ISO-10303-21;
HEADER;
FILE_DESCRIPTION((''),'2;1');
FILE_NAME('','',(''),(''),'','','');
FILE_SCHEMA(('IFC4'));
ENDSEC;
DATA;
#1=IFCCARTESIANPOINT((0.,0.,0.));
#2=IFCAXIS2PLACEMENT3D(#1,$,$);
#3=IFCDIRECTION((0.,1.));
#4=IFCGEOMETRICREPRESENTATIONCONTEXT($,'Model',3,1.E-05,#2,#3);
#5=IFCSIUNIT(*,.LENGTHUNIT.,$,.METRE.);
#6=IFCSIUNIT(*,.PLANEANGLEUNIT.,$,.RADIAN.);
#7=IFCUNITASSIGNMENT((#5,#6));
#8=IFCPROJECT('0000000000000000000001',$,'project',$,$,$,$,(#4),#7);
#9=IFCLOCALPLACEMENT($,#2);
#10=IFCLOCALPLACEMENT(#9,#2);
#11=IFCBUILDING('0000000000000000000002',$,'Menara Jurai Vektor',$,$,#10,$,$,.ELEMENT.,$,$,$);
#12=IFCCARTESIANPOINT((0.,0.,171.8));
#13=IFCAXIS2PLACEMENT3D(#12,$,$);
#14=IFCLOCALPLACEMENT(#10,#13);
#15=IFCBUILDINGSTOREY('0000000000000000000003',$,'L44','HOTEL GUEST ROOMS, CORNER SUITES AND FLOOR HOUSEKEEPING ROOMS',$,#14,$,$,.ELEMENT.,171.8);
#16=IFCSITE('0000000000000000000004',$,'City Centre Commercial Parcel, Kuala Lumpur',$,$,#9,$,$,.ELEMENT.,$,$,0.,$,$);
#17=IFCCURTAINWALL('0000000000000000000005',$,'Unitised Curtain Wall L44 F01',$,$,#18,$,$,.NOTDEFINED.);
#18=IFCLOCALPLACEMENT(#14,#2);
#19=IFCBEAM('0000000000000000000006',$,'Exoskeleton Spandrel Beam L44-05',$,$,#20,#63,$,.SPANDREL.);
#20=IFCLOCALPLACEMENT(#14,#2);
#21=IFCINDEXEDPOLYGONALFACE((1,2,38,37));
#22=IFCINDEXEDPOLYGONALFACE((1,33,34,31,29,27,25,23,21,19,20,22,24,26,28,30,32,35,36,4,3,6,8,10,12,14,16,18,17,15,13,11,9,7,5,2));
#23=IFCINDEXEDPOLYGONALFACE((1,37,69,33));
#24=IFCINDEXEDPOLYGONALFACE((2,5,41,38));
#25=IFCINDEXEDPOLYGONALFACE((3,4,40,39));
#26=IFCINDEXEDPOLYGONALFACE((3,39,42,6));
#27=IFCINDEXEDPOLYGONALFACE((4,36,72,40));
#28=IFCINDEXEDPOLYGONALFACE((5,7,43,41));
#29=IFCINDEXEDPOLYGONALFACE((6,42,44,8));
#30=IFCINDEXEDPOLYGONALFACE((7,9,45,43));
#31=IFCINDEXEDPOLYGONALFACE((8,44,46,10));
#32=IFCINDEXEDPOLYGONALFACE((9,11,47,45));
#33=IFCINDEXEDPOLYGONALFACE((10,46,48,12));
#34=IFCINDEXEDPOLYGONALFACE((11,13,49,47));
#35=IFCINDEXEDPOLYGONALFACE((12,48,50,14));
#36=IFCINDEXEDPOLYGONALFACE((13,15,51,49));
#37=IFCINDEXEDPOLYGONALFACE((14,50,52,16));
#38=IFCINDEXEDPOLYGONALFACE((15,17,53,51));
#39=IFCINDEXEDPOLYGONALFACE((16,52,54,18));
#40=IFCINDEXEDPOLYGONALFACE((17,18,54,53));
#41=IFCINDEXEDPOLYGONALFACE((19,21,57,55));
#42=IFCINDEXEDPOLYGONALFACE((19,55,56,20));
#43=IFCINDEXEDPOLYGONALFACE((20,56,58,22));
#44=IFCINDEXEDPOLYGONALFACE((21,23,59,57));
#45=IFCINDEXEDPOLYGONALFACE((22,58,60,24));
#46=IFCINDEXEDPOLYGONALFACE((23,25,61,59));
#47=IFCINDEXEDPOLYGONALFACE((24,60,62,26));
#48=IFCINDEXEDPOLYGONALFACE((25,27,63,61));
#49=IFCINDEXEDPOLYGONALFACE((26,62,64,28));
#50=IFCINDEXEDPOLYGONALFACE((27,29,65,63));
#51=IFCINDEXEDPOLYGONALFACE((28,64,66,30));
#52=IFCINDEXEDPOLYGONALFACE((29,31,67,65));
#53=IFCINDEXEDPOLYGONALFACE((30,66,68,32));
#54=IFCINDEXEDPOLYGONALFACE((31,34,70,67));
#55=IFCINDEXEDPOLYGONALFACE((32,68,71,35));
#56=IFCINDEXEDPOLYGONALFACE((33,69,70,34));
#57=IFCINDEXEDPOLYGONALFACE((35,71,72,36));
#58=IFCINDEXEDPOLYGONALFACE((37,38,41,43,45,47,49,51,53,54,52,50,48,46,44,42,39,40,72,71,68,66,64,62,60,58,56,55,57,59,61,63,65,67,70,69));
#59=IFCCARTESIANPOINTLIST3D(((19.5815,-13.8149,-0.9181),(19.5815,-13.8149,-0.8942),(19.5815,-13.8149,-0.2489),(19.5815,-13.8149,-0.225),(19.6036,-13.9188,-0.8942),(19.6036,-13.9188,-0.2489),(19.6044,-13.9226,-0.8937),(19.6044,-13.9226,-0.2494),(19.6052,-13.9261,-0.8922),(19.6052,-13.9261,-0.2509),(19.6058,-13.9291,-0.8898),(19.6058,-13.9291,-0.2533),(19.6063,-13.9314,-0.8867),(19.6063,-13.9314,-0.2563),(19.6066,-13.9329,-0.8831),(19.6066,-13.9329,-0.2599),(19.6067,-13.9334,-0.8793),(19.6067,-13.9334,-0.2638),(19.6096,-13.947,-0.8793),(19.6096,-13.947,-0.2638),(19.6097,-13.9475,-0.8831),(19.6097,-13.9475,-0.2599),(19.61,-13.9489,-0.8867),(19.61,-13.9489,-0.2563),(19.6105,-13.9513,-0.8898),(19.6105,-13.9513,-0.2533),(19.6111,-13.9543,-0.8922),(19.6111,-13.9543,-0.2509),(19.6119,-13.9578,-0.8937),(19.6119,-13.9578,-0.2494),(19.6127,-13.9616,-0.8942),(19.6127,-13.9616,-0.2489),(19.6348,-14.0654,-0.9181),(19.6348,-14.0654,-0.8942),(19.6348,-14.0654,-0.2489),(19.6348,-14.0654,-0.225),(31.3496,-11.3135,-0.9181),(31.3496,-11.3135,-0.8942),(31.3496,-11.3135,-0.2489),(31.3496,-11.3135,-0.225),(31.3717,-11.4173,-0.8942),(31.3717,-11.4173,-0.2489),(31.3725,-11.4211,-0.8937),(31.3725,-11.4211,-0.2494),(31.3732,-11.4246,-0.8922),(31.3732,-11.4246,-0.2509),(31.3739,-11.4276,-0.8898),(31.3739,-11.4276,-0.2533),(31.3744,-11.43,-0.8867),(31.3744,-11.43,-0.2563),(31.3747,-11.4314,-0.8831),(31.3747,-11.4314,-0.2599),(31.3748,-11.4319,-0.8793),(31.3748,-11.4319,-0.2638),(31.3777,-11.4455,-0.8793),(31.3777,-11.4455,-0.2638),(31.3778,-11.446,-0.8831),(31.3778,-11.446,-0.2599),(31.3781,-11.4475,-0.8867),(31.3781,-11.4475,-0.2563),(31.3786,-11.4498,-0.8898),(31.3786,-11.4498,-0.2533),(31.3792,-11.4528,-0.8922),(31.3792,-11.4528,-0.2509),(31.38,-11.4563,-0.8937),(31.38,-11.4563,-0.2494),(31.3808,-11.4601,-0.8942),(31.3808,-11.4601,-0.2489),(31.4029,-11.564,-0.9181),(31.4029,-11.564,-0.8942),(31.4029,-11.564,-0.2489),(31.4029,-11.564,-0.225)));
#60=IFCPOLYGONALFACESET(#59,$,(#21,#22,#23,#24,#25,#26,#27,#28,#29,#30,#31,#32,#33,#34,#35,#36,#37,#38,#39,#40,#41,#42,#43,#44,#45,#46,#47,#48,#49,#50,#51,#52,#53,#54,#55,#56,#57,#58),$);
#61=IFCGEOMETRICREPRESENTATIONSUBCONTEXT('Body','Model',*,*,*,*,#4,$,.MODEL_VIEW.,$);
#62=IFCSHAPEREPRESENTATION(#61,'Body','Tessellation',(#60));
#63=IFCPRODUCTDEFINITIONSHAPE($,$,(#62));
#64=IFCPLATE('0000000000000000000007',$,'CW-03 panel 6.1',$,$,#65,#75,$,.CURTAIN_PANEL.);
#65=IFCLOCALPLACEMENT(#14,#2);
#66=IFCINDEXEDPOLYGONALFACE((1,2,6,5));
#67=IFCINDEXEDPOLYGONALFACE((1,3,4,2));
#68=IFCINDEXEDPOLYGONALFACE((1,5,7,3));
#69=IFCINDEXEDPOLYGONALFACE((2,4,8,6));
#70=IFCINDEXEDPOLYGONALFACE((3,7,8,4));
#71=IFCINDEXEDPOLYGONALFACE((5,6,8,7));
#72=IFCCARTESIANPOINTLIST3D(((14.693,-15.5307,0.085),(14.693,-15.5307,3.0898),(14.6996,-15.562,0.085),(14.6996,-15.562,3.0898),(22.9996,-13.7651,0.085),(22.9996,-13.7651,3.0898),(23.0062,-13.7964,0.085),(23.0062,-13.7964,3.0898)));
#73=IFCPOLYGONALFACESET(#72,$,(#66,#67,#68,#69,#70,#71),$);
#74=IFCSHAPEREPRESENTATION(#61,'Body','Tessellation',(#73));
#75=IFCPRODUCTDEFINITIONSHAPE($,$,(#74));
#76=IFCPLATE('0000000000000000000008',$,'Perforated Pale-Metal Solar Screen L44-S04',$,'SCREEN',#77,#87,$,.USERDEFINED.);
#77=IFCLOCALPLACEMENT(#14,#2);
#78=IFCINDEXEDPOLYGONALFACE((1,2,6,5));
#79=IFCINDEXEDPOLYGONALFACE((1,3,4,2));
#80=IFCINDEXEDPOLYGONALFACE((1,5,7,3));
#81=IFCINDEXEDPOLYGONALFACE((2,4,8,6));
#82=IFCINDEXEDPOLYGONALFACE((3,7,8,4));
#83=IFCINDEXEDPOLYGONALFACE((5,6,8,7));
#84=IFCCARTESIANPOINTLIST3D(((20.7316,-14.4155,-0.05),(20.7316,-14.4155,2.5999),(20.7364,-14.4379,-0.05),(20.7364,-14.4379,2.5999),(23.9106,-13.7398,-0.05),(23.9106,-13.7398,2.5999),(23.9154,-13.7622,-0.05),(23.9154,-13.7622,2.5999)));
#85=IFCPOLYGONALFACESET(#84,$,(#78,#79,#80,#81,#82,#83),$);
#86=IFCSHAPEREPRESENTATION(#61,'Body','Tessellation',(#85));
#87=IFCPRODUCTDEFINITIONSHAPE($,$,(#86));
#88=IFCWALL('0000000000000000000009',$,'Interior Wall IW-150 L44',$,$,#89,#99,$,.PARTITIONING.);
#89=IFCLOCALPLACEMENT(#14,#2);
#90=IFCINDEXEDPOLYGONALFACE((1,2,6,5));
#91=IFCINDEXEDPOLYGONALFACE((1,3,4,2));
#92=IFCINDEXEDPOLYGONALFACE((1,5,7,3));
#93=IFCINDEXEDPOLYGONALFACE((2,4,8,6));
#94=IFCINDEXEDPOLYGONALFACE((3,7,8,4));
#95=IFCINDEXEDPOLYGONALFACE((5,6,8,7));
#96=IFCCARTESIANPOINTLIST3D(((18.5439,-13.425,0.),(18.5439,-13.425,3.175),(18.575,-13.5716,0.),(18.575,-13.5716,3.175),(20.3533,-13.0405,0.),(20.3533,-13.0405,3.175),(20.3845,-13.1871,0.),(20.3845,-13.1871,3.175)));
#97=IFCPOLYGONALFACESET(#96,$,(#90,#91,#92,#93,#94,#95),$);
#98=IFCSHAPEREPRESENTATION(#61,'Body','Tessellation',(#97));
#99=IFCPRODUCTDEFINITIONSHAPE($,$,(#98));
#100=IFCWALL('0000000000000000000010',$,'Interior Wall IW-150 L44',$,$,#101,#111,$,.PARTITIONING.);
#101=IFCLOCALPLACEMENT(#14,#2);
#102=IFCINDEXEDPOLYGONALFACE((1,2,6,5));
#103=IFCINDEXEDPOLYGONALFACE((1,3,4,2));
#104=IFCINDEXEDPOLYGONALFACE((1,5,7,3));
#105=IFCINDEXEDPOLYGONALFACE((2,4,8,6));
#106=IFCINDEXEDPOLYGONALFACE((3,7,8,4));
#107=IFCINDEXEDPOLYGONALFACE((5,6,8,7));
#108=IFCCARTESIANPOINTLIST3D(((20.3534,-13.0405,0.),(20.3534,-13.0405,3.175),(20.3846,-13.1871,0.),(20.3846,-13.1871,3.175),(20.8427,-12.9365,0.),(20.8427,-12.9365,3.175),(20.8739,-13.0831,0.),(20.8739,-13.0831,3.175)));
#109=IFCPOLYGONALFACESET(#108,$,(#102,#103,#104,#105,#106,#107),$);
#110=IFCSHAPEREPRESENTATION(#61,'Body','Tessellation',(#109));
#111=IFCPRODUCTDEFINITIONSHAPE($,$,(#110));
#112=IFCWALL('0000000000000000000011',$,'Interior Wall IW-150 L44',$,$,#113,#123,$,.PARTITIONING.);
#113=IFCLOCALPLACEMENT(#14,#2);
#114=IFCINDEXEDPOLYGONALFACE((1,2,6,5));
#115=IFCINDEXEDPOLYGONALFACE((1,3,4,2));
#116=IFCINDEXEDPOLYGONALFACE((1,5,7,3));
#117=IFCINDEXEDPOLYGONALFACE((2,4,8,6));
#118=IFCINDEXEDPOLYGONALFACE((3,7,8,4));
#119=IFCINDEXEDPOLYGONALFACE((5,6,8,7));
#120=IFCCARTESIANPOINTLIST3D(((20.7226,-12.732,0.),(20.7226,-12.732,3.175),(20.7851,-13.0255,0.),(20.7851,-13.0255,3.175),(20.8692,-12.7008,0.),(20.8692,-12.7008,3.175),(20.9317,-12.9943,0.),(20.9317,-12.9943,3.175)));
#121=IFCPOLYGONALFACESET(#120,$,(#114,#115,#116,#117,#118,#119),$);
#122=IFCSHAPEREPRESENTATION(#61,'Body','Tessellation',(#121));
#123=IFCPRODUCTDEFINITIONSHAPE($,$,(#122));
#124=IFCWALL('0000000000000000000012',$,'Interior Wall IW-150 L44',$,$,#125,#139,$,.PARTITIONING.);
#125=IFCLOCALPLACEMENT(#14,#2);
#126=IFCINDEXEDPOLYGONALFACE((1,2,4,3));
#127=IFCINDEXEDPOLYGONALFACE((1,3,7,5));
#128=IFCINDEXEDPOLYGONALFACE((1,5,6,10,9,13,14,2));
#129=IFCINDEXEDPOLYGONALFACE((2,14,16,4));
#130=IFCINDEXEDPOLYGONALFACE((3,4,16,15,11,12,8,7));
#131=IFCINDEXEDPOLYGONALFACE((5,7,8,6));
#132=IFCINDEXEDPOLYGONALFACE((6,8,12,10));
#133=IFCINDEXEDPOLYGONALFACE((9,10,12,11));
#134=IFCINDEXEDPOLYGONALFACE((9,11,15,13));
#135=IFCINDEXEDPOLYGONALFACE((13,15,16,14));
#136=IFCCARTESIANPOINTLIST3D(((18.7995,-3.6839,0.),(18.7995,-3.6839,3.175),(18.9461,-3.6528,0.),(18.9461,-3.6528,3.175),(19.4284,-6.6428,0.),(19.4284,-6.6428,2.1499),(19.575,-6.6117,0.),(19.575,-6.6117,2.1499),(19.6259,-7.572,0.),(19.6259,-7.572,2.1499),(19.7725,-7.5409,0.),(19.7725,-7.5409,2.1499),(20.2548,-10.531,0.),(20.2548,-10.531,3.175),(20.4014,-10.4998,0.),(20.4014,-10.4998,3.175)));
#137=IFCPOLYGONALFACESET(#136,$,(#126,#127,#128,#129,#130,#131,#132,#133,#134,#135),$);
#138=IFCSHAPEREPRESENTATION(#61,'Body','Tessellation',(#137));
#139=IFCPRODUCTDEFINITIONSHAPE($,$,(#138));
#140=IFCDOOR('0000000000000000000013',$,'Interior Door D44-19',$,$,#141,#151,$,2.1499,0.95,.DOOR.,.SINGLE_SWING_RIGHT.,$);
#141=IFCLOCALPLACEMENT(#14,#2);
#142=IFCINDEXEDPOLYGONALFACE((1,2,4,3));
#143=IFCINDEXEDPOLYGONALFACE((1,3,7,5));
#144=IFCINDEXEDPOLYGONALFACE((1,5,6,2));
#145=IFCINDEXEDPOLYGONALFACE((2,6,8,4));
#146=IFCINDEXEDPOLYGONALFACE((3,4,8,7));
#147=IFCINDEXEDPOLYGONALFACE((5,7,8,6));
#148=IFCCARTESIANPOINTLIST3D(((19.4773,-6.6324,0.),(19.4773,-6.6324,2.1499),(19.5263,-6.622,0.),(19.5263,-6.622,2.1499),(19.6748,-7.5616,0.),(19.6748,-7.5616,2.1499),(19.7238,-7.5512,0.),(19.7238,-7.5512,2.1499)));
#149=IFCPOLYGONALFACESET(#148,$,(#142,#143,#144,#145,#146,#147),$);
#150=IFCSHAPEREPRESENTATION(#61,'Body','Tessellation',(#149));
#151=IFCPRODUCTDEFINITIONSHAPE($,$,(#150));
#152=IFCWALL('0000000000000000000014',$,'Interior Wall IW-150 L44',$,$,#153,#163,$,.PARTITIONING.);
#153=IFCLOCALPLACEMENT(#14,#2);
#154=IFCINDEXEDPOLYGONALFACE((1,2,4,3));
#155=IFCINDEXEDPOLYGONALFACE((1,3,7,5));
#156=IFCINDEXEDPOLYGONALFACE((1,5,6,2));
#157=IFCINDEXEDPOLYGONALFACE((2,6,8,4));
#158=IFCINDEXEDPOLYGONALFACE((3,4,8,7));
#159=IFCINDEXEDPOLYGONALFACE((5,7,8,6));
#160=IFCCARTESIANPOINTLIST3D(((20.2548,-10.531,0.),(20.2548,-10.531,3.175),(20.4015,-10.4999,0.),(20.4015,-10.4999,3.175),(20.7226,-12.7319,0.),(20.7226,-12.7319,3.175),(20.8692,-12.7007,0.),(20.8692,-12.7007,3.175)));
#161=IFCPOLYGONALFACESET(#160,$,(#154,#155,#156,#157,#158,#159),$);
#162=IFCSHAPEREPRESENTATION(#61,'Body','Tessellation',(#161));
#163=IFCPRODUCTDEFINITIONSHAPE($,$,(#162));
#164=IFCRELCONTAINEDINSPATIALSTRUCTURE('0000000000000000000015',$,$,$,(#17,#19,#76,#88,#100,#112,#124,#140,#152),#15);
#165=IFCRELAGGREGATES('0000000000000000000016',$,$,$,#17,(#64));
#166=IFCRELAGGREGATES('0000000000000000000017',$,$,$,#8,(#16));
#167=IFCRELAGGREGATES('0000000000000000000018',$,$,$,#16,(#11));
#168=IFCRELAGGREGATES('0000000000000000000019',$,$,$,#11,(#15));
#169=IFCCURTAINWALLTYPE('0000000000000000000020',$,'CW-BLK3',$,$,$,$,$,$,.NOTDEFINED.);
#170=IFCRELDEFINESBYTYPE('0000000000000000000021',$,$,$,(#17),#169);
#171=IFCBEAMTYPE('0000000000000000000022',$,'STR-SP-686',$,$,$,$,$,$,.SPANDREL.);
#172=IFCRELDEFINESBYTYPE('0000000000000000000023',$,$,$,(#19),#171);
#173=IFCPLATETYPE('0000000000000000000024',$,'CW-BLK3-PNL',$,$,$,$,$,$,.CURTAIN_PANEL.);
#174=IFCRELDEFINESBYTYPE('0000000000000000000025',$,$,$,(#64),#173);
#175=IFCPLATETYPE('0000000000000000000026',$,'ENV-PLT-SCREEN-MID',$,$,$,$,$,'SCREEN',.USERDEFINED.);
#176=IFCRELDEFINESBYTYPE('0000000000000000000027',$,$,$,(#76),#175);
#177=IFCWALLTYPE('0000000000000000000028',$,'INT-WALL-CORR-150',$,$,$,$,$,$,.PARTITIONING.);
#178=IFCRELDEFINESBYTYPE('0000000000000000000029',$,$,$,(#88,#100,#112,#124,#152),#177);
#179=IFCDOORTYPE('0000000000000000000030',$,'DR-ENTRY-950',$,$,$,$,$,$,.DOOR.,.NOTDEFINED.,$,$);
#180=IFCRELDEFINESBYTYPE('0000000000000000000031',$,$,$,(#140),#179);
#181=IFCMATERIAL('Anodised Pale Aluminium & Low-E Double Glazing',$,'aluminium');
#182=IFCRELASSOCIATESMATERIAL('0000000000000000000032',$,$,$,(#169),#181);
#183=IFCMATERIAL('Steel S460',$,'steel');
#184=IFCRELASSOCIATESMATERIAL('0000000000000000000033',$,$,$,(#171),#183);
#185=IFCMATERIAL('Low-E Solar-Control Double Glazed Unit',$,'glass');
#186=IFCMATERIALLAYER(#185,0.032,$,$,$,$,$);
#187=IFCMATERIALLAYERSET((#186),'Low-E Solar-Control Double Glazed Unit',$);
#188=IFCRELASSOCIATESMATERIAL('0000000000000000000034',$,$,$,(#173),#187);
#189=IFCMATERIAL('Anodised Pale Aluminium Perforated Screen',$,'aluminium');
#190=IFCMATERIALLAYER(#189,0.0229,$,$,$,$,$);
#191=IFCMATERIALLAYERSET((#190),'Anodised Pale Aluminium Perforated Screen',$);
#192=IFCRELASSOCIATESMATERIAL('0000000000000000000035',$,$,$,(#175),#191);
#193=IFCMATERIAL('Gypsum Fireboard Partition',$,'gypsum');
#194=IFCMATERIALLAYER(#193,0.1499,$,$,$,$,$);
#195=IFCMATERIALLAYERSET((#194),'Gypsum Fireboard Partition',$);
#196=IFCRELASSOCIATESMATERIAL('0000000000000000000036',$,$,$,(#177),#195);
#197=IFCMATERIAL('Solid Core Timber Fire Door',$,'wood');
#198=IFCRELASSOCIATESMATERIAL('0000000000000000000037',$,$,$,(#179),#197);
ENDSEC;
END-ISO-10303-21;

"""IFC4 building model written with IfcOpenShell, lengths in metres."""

from ifc_helpers import new_model, si_unit, direction, frame, frame_2d, origin, origin_2d, place, context, subcontext, project, spatial, rectangle, i_section, extrude, material, layer, layer_set, material_profile, profile_set, type_object, element, fill, aggregate, save


model = new_model("IFC4")

# Units and contexts
model_context = context("Model", 3, precision=1e-05, world=origin(), true_north=direction((0.0, 1.0)))
body_context = subcontext(model_context, "Body", "Model", "MODEL_VIEW")
ifc_project = project(units=[si_unit("LENGTHUNIT", "METRE"), si_unit("PLANEANGLEUNIT", "RADIAN")], contexts=[model_context])

# Site, building, storey
site_placement = place(None, origin())
site = spatial("IfcSite", under=ifc_project, at=site_placement, Name="City Centre Commercial Parcel, Kuala Lumpur", CompositionType="ELEMENT", RefElevation=0.0)
building_placement = place(site_placement, origin())
building = spatial("IfcBuilding", under=site, at=building_placement, Name="Menara Jurai Vektor", CompositionType="ELEMENT")
storey_placement = place(building_placement, frame((0.0, 0.0, 171.8)))
storey = spatial("IfcBuildingStorey", under=building, at=storey_placement, Name="L44", Description="HOTEL GUEST ROOMS, CORNER SUITES AND FLOOR HOUSEKEEPING ROOMS", CompositionType="ELEMENT", Elevation=171.8)

# Shared definitions
ifc_material_1 = material(Name="Steel S460", Category="steel")

# Curtain wall
ifc_material_2 = material(Name="Anodised Pale Aluminium & Low-E Double Glazing", Category="aluminium")
curtain_wall_type = type_object("IfcCurtainWallType", Name="CW-BLK3", PredefinedType="NOTDEFINED", material=ifc_material_2)
curtain_wall_placement = place(storey_placement, origin())
curtain_wall = element("IfcCurtainWall", 1, at=curtain_wall_placement, inside=storey, type_object=curtain_wall_type, Name="Unitised Curtain Wall L44 F01", PredefinedType="NOTDEFINED")

# Beam
ifc_material_profile_1 = material_profile(ifc_material_1, i_section(OverallWidth=0.2561, OverallDepth=0.6931, WebThickness=0.0139, FlangeThickness=0.0239, FilletRadius=0.0149, at=origin_2d()), Name="UKB 686x254x170")
ifc_profile_set_1 = profile_set([ifc_material_profile_1], Name="Steel S460")
beam_type_1 = type_object("IfcBeamType", Name="STR-SP-686", PredefinedType="SPANDREL", material=ifc_profile_set_1)
beam_1_placement = place(storey_placement, frame((19.6082, -13.9402, -0.5715), z_axis=(0.978146, 0.207918, 0.0), x_axis=(-0.207918, 0.978146, 0.0)))
element("IfcBeam", 2, at=beam_1_placement, inside=storey, type_object=beam_type_1, Name="Exoskeleton Spandrel Beam L44-05", PredefinedType="SPANDREL", context=body_context, shape_type="SweptSolid", body=[
    extrude(i_section(OverallWidth=0.2561, OverallDepth=0.6931, WebThickness=0.0139, FlangeThickness=0.0239, FilletRadius=0.0149, at=origin_2d()), origin(), (0.0, 0.0, 1.0), 12.031),
])

# Plates
ifc_material_3 = material(Name="Low-E Solar-Control Double Glazed Unit", Category="glass")
ifc_layer_1 = layer(ifc_material_3, 0.032)
ifc_layer_set_1 = layer_set([ifc_layer_1], Name="Low-E Solar-Control Double Glazed Unit")
plate_type_1 = type_object("IfcPlateType", Name="CW-BLK3-PNL", PredefinedType="CURTAIN_PANEL", material=ifc_layer_set_1)
plate_1_placement = place(storey_placement, frame((18.8496, -14.6636, 0.085), z_axis=(0.0, 0.0, 1.0), x_axis=(0.978148, 0.207911, 0.0)))
plate_1 = element("IfcPlate", 3, at=plate_1_placement, type_object=plate_type_1, Name="CW-03 panel 6.1", PredefinedType="CURTAIN_PANEL", context=body_context, shape_type="SweptSolid", body=[
    extrude(rectangle(XDim=8.4922, YDim=0.032, at=origin_2d()), origin(), (0.0, 0.0, 1.0), 3.0049),
])
aggregate(curtain_wall, [plate_1])
ifc_material_4 = material(Name="Anodised Pale Aluminium Perforated Screen", Category="aluminium")
ifc_layer_2 = layer(ifc_material_4, 0.0229)
ifc_layer_set_2 = layer_set([ifc_layer_2], Name="Anodised Pale Aluminium Perforated Screen")
plate_type_2 = type_object("IfcPlateType", Name="ENV-PLT-SCREEN-MID", ElementType="SCREEN", PredefinedType="USERDEFINED", material=ifc_layer_set_2)
plate_2_placement = place(storey_placement, frame((22.3235, -14.0889, -0.05), z_axis=(0.0, 0.0, 1.0), x_axis=(0.978148, 0.207912, 0.0)))
element("IfcPlate", 4, at=plate_2_placement, inside=storey, type_object=plate_type_2, Name="Perforated Pale-Metal Solar Screen L44-S04", ObjectType="SCREEN", PredefinedType="USERDEFINED", context=body_context, shape_type="SweptSolid", body=[
    extrude(rectangle(XDim=3.25, YDim=0.0229, at=origin_2d()), origin(), (0.0, 0.0, 1.0), 2.6499),
])

# Walls
ifc_material_5 = material(Name="Gypsum Fireboard Partition", Category="gypsum")
ifc_layer_3 = layer(ifc_material_5, 0.1499)
ifc_layer_set_3 = layer_set([ifc_layer_3], Name="Gypsum Fireboard Partition")
wall_type_1 = type_object("IfcWallType", Name="INT-WALL-CORR-150", PredefinedType="PARTITIONING", material=ifc_layer_set_3)
wall_1_placement = place(storey_placement, frame((18.5596, -13.4983, 0.0), z_axis=(0.0, 0.0, 1.0), x_axis=(0.97816, 0.207852, 0.0)))
element("IfcWall", 5, at=wall_1_placement, inside=storey, type_object=wall_type_1, Name="Interior Wall IW-150 L44", PredefinedType="PARTITIONING", context=body_context, shape_type="SweptSolid", body=[
    extrude(rectangle(XDim=1.8499, YDim=0.1499, at=frame_2d((0.9248, 0.0))), origin(), (0.0, 0.0, 1.0), 3.175),
])
wall_2_placement = place(storey_placement, frame((20.3691, -13.1138, 0.0), z_axis=(0.0, 0.0, 1.0), x_axis=(0.978144, 0.207929, 0.0)))
element("IfcWall", 6, at=wall_2_placement, inside=storey, type_object=wall_type_1, Name="Interior Wall IW-150 L44", PredefinedType="PARTITIONING", context=body_context, shape_type="SweptSolid", body=[
    extrude(rectangle(XDim=0.5002, YDim=0.1499, at=frame_2d((0.25, 0.0))), origin(), (0.0, 0.0, 1.0), 3.175),
])
wall_3_placement = place(storey_placement, frame((20.8584, -13.0098, 0.0), z_axis=(0.0, 0.0, 1.0), x_axis=(-0.208306, 0.978064, 0.0)))
element("IfcWall", 7, at=wall_3_placement, inside=storey, type_object=wall_type_1, Name="Interior Wall IW-150 L44", PredefinedType="PARTITIONING", context=body_context, shape_type="SweptSolid", body=[
    extrude(rectangle(XDim=0.3, YDim=0.1499, at=frame_2d((0.1499, 0.0))), origin(), (0.0, 0.0, 1.0), 3.175),
])

# Wall, opening, door
wall_4_placement = place(storey_placement, frame((20.3281, -10.5154, 0.0), z_axis=(0.0, 0.0, 1.0), x_axis=(-0.207907, 0.978149, 0.0)))
wall_4 = element("IfcWall", 8, at=wall_4_placement, inside=storey, type_object=wall_type_1, Name="Interior Wall IW-150 L44", PredefinedType="PARTITIONING", context=body_context, shape_type="SweptSolid", body=[
    extrude(rectangle(XDim=7.0, YDim=0.1499, at=frame_2d((3.5, 0.0))), origin(), (0.0, 0.0, 1.0), 3.175),
])
opening_1_placement = place(wall_4_placement, frame((3.0249, 0.0, 0.0)))
opening_1 = element("IfcOpeningElement", 9, at=opening_1_placement, cuts=wall_4, PredefinedType="OPENING", context=body_context, shape_type="SweptSolid", body=[
    extrude(rectangle(XDim=0.95, YDim=2.1499, at=frame_2d((0.4751, 1.075))), frame((0.0, 0.085, 0.0), z_axis=(0.0, -1.0, 0.0), x_axis=(1.0, 0.0, 0.0)), (0.0, 0.0, 1.0), 0.1699),
])
ifc_material_6 = material(Name="Solid Core Timber Fire Door", Category="wood")
door_type_1 = type_object("IfcDoorType", Name="DR-ENTRY-950", OperationType="NOTDEFINED", PredefinedType="DOOR", material=ifc_material_6)
door_1_placement = place(opening_1_placement, origin())
door_1 = element("IfcDoor", 10, at=door_1_placement, inside=storey, type_object=door_type_1, Name="Interior Door D44-19", OperationType="SINGLE_SWING_RIGHT", OverallHeight=2.1499, OverallWidth=0.95, PredefinedType="DOOR", context=body_context, shape_type="SweptSolid", body=[
    extrude(rectangle(XDim=0.95, YDim=2.1499, at=frame_2d((0.4751, 1.075))), frame((0.0, 0.0249, 0.0), z_axis=(0.0, -1.0, 0.0), x_axis=(1.0, 0.0, 0.0)), (0.0, 0.0, 1.0), 0.05),
])
fill(opening_1, door_1)

# Wall
wall_5_placement = place(storey_placement, frame((20.7959, -12.7163, 0.0), z_axis=(0.0, 0.0, 1.0), x_axis=(-0.207891, 0.978152, 0.0)))
element("IfcWall", 11, at=wall_5_placement, inside=storey, type_object=wall_type_1, Name="Interior Wall IW-150 L44", PredefinedType="PARTITIONING", context=body_context, shape_type="SweptSolid", body=[
    extrude(rectangle(XDim=2.25, YDim=0.1499, at=frame_2d((1.125, 0.0))), origin(), (0.0, 0.0, 1.0), 3.175),
])

save(model, "model.ifc")
